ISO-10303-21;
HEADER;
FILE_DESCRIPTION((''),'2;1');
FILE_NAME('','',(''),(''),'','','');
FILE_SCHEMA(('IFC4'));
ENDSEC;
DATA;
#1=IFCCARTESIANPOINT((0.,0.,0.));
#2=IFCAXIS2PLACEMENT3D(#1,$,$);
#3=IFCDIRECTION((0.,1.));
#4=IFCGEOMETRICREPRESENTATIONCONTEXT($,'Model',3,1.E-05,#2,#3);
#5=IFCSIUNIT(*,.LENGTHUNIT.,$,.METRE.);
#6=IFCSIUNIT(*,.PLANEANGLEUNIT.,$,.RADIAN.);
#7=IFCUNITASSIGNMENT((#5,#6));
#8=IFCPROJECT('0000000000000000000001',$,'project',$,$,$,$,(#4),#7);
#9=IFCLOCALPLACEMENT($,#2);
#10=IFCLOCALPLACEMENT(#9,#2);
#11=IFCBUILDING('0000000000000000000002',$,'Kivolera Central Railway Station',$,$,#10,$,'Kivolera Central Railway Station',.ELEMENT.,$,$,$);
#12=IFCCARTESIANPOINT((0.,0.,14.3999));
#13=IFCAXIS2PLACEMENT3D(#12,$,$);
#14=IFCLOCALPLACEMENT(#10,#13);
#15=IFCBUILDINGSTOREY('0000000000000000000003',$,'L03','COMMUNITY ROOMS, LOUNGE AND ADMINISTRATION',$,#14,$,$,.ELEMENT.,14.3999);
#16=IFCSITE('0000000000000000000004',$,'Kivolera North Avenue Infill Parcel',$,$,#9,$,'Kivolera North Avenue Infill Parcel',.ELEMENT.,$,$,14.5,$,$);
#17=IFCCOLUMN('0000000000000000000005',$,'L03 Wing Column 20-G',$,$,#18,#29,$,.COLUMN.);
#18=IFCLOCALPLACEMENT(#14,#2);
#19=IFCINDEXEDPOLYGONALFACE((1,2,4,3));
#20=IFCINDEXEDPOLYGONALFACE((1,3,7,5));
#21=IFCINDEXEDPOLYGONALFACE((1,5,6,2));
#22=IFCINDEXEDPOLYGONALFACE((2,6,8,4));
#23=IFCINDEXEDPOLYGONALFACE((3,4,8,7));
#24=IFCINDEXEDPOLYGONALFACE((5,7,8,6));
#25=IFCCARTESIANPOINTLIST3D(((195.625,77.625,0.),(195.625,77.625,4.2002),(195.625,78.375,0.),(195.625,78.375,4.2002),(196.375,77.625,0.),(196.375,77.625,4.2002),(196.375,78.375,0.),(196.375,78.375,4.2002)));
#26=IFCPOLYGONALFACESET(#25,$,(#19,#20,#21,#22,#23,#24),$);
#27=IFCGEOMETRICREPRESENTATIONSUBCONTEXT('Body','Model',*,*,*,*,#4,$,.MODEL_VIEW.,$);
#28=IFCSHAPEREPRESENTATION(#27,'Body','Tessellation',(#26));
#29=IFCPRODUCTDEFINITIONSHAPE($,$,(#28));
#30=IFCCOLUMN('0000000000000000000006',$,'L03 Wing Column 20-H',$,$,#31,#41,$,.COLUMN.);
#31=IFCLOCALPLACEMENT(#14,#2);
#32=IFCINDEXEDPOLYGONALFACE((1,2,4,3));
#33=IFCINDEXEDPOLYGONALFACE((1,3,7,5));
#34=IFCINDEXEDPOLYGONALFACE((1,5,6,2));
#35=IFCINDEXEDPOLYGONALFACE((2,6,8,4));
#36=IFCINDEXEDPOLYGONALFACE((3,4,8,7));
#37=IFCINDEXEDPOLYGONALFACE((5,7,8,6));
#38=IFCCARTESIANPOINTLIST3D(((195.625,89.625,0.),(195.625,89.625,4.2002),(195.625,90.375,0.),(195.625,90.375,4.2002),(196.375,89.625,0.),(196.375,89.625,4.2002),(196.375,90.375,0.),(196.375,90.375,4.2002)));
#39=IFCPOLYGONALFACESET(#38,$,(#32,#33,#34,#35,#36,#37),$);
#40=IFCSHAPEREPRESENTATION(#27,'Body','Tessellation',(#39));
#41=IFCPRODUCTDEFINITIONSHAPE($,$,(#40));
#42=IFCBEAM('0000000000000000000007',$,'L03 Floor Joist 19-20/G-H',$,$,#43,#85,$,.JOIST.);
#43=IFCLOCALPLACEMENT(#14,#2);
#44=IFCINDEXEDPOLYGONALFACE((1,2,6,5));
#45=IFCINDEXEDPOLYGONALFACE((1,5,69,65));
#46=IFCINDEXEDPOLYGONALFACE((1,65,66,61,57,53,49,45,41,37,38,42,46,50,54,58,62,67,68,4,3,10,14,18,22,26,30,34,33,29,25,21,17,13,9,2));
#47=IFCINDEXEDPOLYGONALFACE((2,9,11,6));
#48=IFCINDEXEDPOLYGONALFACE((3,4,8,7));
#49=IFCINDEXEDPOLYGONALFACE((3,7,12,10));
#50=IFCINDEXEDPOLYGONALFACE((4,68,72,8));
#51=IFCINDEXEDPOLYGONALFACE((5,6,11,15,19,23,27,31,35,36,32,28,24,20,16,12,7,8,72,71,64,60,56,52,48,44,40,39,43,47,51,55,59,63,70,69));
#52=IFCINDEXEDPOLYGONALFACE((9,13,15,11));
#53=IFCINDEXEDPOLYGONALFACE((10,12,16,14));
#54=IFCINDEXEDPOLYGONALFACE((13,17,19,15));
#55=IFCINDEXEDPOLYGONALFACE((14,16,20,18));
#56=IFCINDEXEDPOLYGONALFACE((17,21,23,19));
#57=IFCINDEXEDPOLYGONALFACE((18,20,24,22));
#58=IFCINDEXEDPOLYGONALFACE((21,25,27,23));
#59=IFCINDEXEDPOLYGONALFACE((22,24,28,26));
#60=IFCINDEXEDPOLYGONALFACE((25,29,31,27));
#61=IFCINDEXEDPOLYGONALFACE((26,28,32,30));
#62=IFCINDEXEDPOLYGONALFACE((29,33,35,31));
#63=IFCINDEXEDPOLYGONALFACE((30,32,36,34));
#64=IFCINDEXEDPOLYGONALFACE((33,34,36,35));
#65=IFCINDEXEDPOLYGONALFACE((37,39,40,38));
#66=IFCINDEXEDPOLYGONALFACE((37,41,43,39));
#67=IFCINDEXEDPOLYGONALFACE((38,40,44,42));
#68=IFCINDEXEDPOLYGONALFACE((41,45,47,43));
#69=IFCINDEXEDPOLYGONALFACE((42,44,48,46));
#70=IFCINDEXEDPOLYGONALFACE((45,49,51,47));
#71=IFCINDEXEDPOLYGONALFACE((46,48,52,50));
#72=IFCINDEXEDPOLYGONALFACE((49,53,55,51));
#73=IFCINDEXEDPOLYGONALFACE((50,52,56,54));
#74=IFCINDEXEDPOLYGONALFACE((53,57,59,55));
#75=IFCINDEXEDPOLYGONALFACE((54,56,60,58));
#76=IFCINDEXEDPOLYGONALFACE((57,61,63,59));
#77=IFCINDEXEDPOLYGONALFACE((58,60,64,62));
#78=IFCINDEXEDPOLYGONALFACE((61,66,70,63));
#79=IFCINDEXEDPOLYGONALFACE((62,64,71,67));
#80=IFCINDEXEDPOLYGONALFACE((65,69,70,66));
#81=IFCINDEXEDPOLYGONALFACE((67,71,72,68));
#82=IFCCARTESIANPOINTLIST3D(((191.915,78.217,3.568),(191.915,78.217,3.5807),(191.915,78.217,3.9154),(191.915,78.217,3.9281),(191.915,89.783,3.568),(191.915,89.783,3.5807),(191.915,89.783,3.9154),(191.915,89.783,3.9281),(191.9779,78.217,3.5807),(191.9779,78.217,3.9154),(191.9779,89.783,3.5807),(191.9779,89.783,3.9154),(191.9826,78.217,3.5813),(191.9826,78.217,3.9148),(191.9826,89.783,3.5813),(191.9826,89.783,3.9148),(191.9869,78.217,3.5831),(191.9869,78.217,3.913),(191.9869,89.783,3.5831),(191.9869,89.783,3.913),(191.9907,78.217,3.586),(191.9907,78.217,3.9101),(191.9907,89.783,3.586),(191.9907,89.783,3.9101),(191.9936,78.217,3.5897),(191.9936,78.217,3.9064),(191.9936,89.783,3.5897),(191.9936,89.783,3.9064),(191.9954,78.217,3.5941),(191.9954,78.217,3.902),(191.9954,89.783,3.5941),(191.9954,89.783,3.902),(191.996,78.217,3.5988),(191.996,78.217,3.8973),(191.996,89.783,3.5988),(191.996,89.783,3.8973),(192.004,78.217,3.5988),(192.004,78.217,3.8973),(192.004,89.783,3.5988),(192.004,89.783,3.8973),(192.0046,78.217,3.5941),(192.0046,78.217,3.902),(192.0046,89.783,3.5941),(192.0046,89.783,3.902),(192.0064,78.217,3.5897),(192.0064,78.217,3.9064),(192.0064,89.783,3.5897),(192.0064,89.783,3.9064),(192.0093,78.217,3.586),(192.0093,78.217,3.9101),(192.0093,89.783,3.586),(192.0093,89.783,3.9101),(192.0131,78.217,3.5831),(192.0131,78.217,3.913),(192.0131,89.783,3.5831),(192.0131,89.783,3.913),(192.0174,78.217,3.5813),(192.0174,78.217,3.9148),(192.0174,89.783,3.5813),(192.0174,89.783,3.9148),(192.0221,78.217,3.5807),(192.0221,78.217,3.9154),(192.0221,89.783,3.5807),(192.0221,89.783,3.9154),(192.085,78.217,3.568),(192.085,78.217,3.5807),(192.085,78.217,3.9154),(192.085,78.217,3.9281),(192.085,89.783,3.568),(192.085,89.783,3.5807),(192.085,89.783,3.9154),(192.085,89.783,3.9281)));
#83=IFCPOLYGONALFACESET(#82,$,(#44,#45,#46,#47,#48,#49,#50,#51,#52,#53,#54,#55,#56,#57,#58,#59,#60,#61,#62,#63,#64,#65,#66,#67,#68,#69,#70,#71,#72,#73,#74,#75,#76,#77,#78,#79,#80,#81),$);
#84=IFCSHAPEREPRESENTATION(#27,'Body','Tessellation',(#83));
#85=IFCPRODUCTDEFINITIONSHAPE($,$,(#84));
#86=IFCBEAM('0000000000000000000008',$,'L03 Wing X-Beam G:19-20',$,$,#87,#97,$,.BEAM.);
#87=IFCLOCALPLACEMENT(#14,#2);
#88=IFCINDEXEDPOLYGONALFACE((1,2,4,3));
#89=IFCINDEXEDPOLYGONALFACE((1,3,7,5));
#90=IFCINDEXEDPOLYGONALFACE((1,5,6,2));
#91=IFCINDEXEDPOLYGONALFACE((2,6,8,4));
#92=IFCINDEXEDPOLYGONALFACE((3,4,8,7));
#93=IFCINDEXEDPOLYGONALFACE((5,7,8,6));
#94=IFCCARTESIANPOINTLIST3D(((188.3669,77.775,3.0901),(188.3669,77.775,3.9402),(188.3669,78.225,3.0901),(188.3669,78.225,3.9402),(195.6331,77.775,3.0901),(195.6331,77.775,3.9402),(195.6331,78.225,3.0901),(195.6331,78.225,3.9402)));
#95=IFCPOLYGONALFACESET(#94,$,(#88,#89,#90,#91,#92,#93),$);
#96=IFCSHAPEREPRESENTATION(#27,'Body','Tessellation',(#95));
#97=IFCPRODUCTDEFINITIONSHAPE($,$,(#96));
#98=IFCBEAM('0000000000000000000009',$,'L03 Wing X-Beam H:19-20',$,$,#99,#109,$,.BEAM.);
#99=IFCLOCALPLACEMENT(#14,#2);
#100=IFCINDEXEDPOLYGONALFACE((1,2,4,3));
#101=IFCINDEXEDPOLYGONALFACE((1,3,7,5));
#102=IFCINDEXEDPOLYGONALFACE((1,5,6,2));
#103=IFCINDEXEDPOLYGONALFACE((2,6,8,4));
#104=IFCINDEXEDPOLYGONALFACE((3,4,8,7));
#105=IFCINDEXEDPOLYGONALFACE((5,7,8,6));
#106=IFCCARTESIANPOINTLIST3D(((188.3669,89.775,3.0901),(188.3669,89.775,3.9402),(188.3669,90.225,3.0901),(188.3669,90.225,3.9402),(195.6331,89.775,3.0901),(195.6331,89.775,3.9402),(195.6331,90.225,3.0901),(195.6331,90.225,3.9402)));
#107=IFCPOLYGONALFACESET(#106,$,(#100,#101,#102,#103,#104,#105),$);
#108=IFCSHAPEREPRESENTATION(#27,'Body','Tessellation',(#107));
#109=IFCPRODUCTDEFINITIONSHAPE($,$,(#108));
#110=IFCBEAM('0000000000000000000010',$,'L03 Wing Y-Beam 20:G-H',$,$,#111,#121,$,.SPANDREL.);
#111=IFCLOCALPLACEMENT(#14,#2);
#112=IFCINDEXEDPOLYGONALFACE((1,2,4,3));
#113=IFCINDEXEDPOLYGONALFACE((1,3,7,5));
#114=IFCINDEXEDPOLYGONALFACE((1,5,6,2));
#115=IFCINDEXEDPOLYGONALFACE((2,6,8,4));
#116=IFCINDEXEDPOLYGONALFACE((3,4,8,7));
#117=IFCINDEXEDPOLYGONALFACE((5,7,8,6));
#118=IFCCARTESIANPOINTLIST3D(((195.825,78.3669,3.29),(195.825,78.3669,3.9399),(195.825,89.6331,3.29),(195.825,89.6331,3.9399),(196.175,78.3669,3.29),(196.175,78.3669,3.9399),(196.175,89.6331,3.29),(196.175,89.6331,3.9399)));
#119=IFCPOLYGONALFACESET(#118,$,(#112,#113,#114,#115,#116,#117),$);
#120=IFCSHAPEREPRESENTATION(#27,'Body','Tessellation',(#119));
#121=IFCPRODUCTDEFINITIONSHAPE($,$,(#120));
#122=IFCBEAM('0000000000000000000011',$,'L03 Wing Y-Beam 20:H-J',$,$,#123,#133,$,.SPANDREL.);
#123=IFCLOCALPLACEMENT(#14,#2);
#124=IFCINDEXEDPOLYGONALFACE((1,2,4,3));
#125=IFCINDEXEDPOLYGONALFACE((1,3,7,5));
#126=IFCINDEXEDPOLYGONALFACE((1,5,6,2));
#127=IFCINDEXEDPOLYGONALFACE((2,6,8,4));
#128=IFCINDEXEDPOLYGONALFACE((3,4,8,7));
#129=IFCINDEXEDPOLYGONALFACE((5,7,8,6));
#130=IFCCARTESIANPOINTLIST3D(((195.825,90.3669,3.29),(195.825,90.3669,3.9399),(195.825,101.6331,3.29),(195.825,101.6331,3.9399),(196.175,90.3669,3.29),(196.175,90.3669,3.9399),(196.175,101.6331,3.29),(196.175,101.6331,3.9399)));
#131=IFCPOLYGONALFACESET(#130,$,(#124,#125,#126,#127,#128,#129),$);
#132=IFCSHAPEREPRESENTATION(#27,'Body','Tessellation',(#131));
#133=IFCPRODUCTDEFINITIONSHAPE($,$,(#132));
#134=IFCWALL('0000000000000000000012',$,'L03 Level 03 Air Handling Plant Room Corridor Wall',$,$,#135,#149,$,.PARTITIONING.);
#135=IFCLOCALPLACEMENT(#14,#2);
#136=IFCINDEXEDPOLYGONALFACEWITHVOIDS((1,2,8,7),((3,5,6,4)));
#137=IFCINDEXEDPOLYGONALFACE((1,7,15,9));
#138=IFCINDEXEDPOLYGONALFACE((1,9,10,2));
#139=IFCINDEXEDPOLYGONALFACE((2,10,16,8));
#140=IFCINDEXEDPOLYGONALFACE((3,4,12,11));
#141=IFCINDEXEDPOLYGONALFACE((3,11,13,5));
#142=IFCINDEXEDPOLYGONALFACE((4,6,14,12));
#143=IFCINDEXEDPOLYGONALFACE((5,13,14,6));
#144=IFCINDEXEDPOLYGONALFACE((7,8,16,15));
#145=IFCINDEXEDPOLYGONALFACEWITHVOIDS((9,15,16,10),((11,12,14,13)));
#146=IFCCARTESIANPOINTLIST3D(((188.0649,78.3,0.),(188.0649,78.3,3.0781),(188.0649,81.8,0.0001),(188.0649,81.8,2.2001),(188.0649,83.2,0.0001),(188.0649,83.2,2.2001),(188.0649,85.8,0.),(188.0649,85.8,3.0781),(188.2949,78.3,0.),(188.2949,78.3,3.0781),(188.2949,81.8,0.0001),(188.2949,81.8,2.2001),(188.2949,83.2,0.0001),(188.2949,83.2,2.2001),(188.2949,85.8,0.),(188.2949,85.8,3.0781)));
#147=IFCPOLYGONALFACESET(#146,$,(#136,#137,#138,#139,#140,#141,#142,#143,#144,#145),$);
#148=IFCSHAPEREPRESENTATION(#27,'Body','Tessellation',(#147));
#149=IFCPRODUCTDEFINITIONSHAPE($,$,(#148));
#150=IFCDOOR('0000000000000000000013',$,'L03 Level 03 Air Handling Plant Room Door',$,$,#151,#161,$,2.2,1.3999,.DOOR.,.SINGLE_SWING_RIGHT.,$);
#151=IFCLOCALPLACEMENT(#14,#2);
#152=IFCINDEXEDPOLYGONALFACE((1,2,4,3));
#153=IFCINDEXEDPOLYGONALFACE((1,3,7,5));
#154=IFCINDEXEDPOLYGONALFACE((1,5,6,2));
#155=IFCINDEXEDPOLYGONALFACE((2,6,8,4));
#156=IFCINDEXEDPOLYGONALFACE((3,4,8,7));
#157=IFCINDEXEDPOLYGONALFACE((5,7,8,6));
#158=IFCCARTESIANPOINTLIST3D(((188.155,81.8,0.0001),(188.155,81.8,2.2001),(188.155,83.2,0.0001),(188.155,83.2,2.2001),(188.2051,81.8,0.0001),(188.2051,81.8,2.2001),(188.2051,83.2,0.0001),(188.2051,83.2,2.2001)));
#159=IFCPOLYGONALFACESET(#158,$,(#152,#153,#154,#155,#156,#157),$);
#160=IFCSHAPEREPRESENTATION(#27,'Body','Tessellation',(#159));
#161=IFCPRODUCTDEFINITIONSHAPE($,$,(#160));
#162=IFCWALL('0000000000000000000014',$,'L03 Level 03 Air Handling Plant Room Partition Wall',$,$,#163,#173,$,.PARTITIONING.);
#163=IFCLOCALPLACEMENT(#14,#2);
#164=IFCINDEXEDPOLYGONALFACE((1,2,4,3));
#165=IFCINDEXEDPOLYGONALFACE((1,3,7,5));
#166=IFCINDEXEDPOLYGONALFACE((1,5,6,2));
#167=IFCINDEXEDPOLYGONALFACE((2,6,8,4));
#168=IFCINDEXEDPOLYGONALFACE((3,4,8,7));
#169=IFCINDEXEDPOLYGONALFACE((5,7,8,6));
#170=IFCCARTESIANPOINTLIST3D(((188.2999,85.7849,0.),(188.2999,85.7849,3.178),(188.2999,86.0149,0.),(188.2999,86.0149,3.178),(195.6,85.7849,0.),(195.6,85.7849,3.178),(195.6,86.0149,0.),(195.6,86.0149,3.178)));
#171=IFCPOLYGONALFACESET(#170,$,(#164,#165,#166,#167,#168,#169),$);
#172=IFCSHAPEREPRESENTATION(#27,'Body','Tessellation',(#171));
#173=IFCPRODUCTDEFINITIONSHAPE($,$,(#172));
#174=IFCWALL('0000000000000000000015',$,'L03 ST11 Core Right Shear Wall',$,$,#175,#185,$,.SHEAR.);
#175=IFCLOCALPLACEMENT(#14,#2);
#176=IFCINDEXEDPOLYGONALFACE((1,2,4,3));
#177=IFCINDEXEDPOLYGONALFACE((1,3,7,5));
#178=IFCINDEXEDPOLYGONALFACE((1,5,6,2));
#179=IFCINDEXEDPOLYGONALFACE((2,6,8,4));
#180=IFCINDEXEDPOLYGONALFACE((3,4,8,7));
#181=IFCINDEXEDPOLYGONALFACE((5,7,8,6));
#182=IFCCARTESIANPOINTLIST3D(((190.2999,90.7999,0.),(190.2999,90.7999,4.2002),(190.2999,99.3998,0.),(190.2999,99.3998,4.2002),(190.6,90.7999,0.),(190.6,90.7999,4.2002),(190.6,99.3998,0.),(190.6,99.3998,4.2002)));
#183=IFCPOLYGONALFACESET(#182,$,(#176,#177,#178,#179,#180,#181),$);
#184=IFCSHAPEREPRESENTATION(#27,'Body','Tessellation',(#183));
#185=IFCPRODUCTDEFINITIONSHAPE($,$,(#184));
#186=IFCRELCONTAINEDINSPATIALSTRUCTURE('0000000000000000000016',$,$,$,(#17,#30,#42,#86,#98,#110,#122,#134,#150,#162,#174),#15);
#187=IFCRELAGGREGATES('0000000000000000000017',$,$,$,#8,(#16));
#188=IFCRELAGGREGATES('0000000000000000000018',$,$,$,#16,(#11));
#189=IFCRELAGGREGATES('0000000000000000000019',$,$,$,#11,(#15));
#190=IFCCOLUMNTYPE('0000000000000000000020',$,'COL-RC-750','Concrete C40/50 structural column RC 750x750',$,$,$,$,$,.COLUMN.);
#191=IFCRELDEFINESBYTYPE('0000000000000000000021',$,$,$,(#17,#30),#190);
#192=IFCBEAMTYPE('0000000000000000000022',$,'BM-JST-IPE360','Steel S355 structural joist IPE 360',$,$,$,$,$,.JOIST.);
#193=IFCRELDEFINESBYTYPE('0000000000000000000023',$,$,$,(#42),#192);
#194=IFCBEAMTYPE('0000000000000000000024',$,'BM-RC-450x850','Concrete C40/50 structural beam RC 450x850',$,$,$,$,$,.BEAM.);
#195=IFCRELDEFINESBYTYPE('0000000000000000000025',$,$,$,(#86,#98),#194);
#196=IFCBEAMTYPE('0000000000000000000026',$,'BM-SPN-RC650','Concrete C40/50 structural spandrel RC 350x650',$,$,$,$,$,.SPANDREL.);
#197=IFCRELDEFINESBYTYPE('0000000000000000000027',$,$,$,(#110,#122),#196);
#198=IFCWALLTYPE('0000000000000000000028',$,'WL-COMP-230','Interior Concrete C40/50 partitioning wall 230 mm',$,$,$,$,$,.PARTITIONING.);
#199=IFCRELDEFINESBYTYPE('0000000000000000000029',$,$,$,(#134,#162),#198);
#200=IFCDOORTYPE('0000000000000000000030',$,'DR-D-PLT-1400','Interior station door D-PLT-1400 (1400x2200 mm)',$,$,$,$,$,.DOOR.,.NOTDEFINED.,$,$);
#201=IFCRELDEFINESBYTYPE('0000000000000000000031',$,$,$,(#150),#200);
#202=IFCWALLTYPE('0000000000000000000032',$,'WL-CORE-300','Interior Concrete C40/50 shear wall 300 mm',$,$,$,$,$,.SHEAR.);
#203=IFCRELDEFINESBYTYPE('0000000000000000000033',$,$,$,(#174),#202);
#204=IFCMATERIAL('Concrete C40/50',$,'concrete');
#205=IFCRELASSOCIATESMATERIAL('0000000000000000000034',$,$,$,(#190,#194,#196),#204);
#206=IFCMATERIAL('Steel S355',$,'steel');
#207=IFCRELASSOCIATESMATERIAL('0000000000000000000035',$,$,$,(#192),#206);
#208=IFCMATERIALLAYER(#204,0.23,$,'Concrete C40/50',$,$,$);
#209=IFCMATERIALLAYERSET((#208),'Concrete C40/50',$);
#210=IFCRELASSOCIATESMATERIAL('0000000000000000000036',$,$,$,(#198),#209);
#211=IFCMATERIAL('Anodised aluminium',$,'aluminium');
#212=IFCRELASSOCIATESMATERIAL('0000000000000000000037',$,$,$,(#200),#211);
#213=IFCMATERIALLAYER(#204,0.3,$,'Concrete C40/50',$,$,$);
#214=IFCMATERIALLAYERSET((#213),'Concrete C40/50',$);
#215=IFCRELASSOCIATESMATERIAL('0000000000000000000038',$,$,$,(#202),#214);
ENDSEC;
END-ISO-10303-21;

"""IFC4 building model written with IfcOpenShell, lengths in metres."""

from ifc_helpers import new_model, si_unit, direction, frame, frame_2d, origin, origin_2d, place, context, subcontext, project, spatial, rectangle, i_section, extrude, material, layer, layer_set, material_profile, profile_set, type_object, element, fill, save


model = new_model("IFC4")

# Units and contexts
model_context = context("Model", 3, precision=1e-05, world=origin(), true_north=direction((0.0, 1.0)))
body_context = subcontext(model_context, "Body", "Model", "MODEL_VIEW")
ifc_project = project(units=[si_unit("LENGTHUNIT", "METRE"), si_unit("PLANEANGLEUNIT", "RADIAN")], contexts=[model_context])

# Site, building, storey
site_placement = place(None, origin())
site = spatial("IfcSite", under=ifc_project, at=site_placement, Name="Kivolera North Avenue Infill Parcel", LongName="Kivolera North Avenue Infill Parcel", CompositionType="ELEMENT", RefElevation=14.5)
building_placement = place(site_placement, origin())
building = spatial("IfcBuilding", under=site, at=building_placement, Name="Kivolera Central Railway Station", LongName="Kivolera Central Railway Station", CompositionType="ELEMENT")
storey_placement = place(building_placement, frame((0.0, 0.0, 14.3999)))
storey = spatial("IfcBuildingStorey", under=building, at=storey_placement, Name="L03", Description="COMMUNITY ROOMS, LOUNGE AND ADMINISTRATION", CompositionType="ELEMENT", Elevation=14.3999)

# Columns
ifc_material_1 = material(Name="Concrete C40/50", Category="concrete")
ifc_material_profile_1 = material_profile(ifc_material_1, rectangle(XDim=0.75, YDim=0.75, at=origin_2d()), Name="RC 750x750")
ifc_profile_set_1 = profile_set([ifc_material_profile_1], Name="Concrete C40/50")
column_type = type_object("IfcColumnType", Name="COL-RC-750", Description="Concrete C40/50 structural column RC 750x750", PredefinedType="COLUMN", material=ifc_profile_set_1)
for number, where, z_axis, x_axis, name in (
    (1, (196.0, 78.0, 0.0), (0.0, 0.0, 1.0), (1.0, 0.0, 0.0), "L03 Wing Column 20-G"),
    (2, (196.0, 90.0, 0.0), (0.0, 0.0, 1.0), (1.0, 0.0, 0.0), "L03 Wing Column 20-H"),
):
    element("IfcColumn", number, at=place(storey_placement, frame(where, z_axis=z_axis, x_axis=x_axis)), inside=storey, type_object=column_type, Name=name, PredefinedType="COLUMN", context=body_context, shape_type="SweptSolid", body=[
        extrude(rectangle(XDim=0.75, YDim=0.75, at=origin_2d()), origin(), (0.0, 0.0, 1.0), 4.2002),
    ])

# Beams
ifc_material_2 = material(Name="Steel S355", Category="steel")
ifc_material_profile_2 = material_profile(ifc_material_2, i_section(OverallWidth=0.1699, OverallDepth=0.3601, WebThickness=0.0081, FlangeThickness=0.0127, FilletRadius=0.0181, at=origin_2d()), Name="IPE 360")
ifc_profile_set_2 = profile_set([ifc_material_profile_2], Name="Steel S355")
beam_type_1 = type_object("IfcBeamType", Name="BM-JST-IPE360", Description="Steel S355 structural joist IPE 360", PredefinedType="JOIST", material=ifc_profile_set_2)
beam_placement = place(storey_placement, frame((192.0, 78.217, 3.748), z_axis=(0.0, 1.0, 0.0), x_axis=(-1.0, 0.0, 0.0)))
element("IfcBeam", 3, at=beam_placement, inside=storey, type_object=beam_type_1, Name="L03 Floor Joist 19-20/G-H", PredefinedType="JOIST", context=body_context, shape_type="SweptSolid", body=[
    extrude(i_section(OverallWidth=0.1699, OverallDepth=0.3601, WebThickness=0.0081, FlangeThickness=0.0127, FilletRadius=0.0181, at=origin_2d()), origin(), (0.0, 0.0, 1.0), 11.5659),
])
ifc_material_profile_3 = material_profile(ifc_material_1, rectangle(XDim=0.45, YDim=0.8501, at=origin_2d()), Name="RC 450x850")
ifc_profile_set_3 = profile_set([ifc_material_profile_3], Name="Concrete C40/50")
beam_type_2 = type_object("IfcBeamType", Name="BM-RC-450x850", Description="Concrete C40/50 structural beam RC 450x850", PredefinedType="BEAM", material=ifc_profile_set_3)
for number, where, z_axis, x_axis, name in (
    (4, (188.3669, 78.0, 3.5151), (1.0, 0.0, 0.0), (0.0, 1.0, 0.0), "L03 Wing X-Beam G:19-20"),
    (5, (188.3669, 90.0, 3.5151), (1.0, 0.0, 0.0), (0.0, 1.0, 0.0), "L03 Wing X-Beam H:19-20"),
):
    element("IfcBeam", number, at=place(storey_placement, frame(where, z_axis=z_axis, x_axis=x_axis)), inside=storey, type_object=beam_type_2, Name=name, PredefinedType="BEAM", context=body_context, shape_type="SweptSolid", body=[
        extrude(rectangle(XDim=0.45, YDim=0.8501, at=origin_2d()), origin(), (0.0, 0.0, 1.0), 7.2661),
    ])
ifc_material_profile_4 = material_profile(ifc_material_1, rectangle(XDim=0.3501, YDim=0.6499, at=origin_2d()), Name="RC 350x650")
ifc_profile_set_4 = profile_set([ifc_material_profile_4], Name="Concrete C40/50")
beam_type_3 = type_object("IfcBeamType", Name="BM-SPN-RC650", Description="Concrete C40/50 structural spandrel RC 350x650", PredefinedType="SPANDREL", material=ifc_profile_set_4)
for number, where, z_axis, x_axis, name in (
    (6, (196.0, 78.3669, 3.615), (0.0, 1.0, 0.0), (-1.0, 0.0, 0.0), "L03 Wing Y-Beam 20:G-H"),
    (7, (196.0, 90.3669, 3.615), (0.0, 1.0, 0.0), (-1.0, 0.0, 0.0), "L03 Wing Y-Beam 20:H-J"),
):
    element("IfcBeam", number, at=place(storey_placement, frame(where, z_axis=z_axis, x_axis=x_axis)), inside=storey, type_object=beam_type_3, Name=name, PredefinedType="SPANDREL", context=body_context, shape_type="SweptSolid", body=[
        extrude(rectangle(XDim=0.3501, YDim=0.6499, at=origin_2d()), origin(), (0.0, 0.0, 1.0), 11.2661),
    ])

# Wall, opening, door
ifc_layer_1 = layer(ifc_material_1, 0.23, Name="Concrete C40/50")
ifc_layer_set_1 = layer_set([ifc_layer_1], Name="Concrete C40/50")
wall_type_1 = type_object("IfcWallType", Name="WL-COMP-230", Description="Interior Concrete C40/50 partitioning wall 230 mm", PredefinedType="PARTITIONING", material=ifc_layer_set_1)
wall_1_placement = place(storey_placement, frame((188.1799, 78.3, 0.0), z_axis=(0.0, 0.0, 1.0), x_axis=(0.0, 1.0, 0.0)))
wall_1 = element("IfcWall", 8, at=wall_1_placement, inside=storey, type_object=wall_type_1, Name="L03 Level 03 Air Handling Plant Room Corridor Wall", PredefinedType="PARTITIONING", context=body_context, shape_type="SweptSolid", body=[
    extrude(rectangle(XDim=7.5, YDim=0.23, at=frame_2d((3.75, 0.0))), origin(), (0.0, 0.0, 1.0), 3.0781),
])
opening_1_placement = place(wall_1_placement, frame((3.5, 0.0, 0.0)))
opening_1 = element("IfcOpeningElement", 9, at=opening_1_placement, cuts=wall_1, PredefinedType="OPENING", context=body_context, shape_type="SweptSolid", body=[
    extrude(rectangle(XDim=1.3999, YDim=2.2, at=frame_2d((0.7, 1.1001))), frame((0.0, 0.125, 0.0), z_axis=(0.0, -1.0, 0.0), x_axis=(1.0, 0.0, 0.0)), (0.0, 0.0, 1.0), 0.25),
])
ifc_material_3 = material(Name="Anodised aluminium", Category="aluminium")
door_type_1 = type_object("IfcDoorType", Name="DR-D-PLT-1400", Description="Interior station door D-PLT-1400 (1400x2200 mm)", OperationType="NOTDEFINED", PredefinedType="DOOR", material=ifc_material_3)
door_1_placement = place(opening_1_placement, origin())
door_1 = element("IfcDoor", 10, at=door_1_placement, inside=storey, type_object=door_type_1, Name="L03 Level 03 Air Handling Plant Room Door", OperationType="SINGLE_SWING_RIGHT", OverallHeight=2.2, OverallWidth=1.3999, PredefinedType="DOOR", context=body_context, shape_type="SweptSolid", body=[
    extrude(rectangle(XDim=1.3999, YDim=2.2, at=frame_2d((0.7, 1.1001))), frame((0.0, 0.0249, 0.0), z_axis=(0.0, -1.0, 0.0), x_axis=(1.0, 0.0, 0.0)), (0.0, 0.0, 1.0), 0.05),
])
fill(opening_1, door_1)

# Walls
wall_2_placement = place(storey_placement, frame((188.3, 85.8999, 0.0), z_axis=(0.0, 0.0, 1.0), x_axis=(1.0, 0.0, 0.0)))
element("IfcWall", 11, at=wall_2_placement, inside=storey, type_object=wall_type_1, Name="L03 Level 03 Air Handling Plant Room Partition Wall", PredefinedType="PARTITIONING", context=body_context, shape_type="SweptSolid", body=[
    extrude(rectangle(XDim=7.3, YDim=0.23, at=frame_2d((3.6499, 0.0))), origin(), (0.0, 0.0, 1.0), 3.178),
])
ifc_layer_2 = layer(ifc_material_1, 0.3, Name="Concrete C40/50")
ifc_layer_set_2 = layer_set([ifc_layer_2], Name="Concrete C40/50")
wall_type_2 = type_object("IfcWallType", Name="WL-CORE-300", Description="Interior Concrete C40/50 shear wall 300 mm", PredefinedType="SHEAR", material=ifc_layer_set_2)
wall_3_placement = place(storey_placement, frame((190.45, 90.8, 0.0), z_axis=(0.0, 0.0, 1.0), x_axis=(0.0, 1.0, 0.0)))
element("IfcWall", 12, at=wall_3_placement, inside=storey, type_object=wall_type_2, Name="L03 ST11 Core Right Shear Wall", PredefinedType="SHEAR", context=body_context, shape_type="SweptSolid", body=[
    extrude(rectangle(XDim=8.5999, YDim=0.3, at=frame_2d((4.2998, 0.0))), origin(), (0.0, 0.0, 1.0), 4.2002),
])

save(model, "model.ifc")
